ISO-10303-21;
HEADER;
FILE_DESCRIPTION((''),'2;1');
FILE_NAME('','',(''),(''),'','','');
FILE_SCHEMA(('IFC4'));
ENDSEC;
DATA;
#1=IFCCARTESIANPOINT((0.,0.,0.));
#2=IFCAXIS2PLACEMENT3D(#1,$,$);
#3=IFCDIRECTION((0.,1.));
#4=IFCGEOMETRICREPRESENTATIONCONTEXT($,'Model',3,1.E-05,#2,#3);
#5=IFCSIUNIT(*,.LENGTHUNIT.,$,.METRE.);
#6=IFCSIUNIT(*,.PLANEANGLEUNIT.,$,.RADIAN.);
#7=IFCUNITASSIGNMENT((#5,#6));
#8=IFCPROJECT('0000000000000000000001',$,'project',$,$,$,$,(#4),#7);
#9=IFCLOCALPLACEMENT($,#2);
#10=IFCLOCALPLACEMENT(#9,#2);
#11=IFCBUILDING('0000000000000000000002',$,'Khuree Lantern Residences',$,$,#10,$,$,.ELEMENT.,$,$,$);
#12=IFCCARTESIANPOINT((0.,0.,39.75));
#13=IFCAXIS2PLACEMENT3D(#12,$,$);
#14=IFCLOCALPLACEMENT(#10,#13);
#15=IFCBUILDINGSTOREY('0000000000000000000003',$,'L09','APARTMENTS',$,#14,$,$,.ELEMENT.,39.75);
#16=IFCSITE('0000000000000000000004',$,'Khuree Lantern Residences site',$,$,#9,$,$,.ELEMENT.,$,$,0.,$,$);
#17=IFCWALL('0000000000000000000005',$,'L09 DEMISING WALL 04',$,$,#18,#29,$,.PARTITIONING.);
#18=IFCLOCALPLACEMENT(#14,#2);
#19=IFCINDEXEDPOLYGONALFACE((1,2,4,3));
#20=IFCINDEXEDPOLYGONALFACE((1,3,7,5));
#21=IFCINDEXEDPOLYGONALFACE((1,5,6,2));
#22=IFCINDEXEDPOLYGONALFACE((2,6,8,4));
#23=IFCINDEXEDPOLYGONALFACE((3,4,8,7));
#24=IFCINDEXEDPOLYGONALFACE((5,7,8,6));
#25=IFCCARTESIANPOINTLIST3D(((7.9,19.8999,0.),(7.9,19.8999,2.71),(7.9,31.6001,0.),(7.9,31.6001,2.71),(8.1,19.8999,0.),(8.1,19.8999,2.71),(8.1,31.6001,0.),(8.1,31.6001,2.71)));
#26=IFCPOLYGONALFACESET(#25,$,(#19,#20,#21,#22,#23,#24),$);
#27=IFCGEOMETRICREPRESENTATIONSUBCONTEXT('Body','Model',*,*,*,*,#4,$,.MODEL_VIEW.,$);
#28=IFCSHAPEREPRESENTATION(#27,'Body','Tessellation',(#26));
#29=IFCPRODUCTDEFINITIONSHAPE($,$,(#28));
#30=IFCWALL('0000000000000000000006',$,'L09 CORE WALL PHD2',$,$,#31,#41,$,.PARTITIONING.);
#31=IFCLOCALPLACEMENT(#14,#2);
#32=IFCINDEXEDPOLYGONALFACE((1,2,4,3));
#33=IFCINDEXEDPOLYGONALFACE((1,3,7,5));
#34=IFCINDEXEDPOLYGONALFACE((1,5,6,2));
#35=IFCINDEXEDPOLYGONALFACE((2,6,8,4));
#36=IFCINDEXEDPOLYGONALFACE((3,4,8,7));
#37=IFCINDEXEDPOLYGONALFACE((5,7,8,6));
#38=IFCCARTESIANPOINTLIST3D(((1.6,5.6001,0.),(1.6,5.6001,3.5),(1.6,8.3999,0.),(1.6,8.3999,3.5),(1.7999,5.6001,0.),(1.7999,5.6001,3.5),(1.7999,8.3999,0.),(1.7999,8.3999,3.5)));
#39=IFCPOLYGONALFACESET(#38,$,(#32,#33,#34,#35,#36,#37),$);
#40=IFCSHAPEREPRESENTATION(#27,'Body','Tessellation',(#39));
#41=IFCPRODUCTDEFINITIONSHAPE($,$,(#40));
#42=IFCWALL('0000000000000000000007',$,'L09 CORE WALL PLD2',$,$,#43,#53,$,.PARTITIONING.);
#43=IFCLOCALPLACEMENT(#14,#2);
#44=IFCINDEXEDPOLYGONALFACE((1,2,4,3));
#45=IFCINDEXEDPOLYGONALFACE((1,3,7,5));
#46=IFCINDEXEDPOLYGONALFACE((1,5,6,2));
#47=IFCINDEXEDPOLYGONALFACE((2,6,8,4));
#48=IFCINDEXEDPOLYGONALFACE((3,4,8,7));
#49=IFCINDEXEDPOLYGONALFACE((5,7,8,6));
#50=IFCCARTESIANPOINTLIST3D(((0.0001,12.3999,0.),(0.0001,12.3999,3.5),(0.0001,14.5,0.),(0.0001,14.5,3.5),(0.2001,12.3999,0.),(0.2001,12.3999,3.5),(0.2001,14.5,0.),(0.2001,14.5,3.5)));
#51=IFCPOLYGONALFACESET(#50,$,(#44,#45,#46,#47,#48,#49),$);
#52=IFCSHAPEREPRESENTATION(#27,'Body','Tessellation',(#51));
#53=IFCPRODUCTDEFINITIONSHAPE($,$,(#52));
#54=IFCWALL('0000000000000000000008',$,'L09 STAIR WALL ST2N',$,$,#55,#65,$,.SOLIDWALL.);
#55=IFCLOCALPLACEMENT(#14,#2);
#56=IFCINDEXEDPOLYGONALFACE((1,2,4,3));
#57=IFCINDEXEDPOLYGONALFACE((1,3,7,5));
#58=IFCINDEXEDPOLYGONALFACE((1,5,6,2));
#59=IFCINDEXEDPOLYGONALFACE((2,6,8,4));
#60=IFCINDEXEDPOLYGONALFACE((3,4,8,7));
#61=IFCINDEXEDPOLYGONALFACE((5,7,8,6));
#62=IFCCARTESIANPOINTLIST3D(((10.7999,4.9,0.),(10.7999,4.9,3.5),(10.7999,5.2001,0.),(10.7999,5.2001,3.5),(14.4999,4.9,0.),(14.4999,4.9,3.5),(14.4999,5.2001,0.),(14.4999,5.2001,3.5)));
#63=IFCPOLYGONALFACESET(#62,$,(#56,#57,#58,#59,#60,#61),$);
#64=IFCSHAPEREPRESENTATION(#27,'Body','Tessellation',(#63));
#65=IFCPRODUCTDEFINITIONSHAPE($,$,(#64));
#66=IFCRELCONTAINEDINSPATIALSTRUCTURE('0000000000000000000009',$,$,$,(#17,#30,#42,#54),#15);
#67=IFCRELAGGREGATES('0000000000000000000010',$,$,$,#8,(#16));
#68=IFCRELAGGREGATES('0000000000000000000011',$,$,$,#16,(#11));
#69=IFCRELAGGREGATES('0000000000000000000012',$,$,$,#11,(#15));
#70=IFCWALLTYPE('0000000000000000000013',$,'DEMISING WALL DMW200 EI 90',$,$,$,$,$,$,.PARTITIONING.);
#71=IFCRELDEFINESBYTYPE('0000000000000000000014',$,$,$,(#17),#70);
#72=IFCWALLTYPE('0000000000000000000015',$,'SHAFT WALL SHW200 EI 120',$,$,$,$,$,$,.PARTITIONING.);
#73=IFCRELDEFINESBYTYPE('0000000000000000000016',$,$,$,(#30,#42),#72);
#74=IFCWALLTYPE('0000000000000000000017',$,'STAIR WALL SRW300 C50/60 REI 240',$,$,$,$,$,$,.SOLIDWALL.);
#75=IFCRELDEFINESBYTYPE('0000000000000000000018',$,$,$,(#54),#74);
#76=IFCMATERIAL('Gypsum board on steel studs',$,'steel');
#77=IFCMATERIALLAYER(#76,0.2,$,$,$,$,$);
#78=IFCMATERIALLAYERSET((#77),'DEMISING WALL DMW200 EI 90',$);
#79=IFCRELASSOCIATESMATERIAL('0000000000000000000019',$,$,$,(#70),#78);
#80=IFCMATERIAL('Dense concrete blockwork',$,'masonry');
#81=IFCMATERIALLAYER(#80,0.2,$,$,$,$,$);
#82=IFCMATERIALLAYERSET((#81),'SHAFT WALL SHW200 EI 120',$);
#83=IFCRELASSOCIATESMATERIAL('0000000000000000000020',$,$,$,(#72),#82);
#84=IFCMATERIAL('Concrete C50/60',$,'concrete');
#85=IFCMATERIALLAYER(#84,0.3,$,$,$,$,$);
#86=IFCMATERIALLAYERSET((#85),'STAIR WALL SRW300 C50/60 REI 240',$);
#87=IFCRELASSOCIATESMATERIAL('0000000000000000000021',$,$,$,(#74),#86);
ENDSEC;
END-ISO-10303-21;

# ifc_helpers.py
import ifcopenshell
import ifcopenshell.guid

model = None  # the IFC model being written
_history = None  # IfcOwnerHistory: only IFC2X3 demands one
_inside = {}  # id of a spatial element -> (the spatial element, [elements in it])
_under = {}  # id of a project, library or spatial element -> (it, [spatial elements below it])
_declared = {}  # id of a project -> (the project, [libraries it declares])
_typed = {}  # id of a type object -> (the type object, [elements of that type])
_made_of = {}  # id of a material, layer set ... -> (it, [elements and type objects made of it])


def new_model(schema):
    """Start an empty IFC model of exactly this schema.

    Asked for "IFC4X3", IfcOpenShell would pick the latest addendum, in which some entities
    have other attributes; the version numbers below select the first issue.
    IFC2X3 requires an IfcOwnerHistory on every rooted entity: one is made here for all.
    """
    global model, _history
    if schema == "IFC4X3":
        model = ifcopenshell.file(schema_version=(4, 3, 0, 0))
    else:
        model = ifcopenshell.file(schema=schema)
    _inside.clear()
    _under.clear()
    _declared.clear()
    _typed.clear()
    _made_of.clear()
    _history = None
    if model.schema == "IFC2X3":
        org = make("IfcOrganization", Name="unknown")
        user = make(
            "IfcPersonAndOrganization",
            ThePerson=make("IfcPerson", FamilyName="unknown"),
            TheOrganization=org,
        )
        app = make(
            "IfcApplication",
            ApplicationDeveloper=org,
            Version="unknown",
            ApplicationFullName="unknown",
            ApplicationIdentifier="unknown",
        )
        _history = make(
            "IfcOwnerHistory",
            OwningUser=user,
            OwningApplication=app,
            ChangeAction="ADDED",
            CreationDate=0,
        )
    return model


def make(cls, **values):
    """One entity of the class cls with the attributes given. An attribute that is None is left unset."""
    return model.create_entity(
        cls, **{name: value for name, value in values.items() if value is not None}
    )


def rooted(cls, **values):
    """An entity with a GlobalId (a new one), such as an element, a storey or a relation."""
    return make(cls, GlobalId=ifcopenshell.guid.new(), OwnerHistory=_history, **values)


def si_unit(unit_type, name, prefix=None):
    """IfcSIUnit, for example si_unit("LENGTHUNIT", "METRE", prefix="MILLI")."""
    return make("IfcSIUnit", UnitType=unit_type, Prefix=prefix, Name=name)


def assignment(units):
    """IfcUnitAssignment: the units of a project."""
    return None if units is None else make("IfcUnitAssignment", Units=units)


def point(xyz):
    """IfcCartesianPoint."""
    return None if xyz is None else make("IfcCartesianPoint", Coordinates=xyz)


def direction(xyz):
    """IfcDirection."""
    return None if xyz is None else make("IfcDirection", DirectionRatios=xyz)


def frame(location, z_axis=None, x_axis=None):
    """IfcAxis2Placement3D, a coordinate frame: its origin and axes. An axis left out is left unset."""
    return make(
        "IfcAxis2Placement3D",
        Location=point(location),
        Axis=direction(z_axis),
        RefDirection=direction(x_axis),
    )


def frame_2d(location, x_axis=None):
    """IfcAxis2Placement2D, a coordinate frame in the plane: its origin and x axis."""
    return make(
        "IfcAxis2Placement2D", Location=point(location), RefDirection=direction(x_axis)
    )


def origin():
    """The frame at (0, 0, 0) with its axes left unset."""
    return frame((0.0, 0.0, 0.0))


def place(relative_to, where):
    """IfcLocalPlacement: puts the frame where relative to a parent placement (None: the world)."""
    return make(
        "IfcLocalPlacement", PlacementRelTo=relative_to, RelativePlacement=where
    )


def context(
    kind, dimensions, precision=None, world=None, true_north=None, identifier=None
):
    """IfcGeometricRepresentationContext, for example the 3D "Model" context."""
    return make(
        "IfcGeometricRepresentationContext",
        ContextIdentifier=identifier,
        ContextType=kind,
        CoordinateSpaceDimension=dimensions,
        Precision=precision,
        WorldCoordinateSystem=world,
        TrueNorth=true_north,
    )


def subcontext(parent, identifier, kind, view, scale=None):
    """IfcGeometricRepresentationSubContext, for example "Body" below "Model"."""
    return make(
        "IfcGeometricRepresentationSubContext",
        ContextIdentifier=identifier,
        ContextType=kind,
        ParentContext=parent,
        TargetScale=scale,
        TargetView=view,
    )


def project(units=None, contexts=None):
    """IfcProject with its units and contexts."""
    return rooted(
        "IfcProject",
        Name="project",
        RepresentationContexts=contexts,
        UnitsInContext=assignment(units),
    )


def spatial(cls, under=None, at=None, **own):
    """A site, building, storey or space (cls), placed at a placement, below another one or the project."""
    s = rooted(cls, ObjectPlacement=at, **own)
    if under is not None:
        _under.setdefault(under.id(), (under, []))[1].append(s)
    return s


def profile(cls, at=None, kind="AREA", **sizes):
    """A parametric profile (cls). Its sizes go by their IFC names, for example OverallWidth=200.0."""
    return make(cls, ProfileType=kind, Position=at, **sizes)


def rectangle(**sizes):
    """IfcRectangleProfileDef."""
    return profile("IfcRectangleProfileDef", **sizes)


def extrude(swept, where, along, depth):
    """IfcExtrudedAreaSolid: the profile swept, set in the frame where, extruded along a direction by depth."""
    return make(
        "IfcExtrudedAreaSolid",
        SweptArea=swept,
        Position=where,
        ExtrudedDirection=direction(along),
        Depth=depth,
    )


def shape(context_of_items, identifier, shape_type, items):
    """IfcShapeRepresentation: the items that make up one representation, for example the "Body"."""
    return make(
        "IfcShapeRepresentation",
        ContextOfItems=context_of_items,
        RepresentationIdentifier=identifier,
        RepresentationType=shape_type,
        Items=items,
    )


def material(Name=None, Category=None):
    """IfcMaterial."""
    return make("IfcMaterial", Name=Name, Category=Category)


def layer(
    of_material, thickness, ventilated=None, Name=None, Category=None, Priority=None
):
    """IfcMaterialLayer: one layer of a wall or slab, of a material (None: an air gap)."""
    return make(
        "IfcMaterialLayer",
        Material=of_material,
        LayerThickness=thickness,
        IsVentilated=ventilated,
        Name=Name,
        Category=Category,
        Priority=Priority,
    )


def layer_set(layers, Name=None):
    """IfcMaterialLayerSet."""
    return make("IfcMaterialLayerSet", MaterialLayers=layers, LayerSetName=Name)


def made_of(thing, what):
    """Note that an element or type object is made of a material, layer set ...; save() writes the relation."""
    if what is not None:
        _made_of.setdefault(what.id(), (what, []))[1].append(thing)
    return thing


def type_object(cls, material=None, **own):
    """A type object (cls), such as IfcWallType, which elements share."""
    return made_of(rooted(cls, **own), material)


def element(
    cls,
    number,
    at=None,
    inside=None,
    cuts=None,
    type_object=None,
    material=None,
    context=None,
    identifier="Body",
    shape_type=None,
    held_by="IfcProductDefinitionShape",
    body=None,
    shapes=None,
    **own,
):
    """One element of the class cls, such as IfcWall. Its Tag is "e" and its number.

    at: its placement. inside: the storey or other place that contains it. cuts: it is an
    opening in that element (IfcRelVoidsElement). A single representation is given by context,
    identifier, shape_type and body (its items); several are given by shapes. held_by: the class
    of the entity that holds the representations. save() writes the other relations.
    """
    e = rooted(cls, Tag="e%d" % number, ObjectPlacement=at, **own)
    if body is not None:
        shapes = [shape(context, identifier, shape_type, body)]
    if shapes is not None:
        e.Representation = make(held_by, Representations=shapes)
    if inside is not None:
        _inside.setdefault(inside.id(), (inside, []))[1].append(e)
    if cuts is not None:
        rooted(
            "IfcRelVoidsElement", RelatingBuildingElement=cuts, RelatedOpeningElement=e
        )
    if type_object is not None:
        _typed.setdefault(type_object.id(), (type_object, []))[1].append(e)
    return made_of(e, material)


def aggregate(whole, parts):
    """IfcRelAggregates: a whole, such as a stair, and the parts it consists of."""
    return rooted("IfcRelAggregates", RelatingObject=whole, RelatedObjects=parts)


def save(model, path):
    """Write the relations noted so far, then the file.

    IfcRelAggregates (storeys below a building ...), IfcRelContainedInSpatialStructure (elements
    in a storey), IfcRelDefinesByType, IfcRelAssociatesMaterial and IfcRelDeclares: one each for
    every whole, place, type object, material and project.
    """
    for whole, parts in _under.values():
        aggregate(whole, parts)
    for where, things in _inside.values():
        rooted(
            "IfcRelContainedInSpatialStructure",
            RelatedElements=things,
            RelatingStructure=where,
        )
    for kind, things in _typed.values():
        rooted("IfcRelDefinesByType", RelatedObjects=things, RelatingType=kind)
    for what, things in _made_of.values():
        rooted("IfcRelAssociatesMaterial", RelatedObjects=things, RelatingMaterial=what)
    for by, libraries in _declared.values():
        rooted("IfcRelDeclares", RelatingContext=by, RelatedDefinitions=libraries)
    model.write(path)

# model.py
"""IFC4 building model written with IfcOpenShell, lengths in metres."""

from ifc_helpers import new_model, si_unit, direction, frame, frame_2d, origin, place, context, subcontext, project, spatial, rectangle, extrude, material, layer, layer_set, type_object, element, save


model = new_model("IFC4")

# Units and contexts
model_context = context("Model", 3, precision=1e-05, world=origin(), true_north=direction((0.0, 1.0)))
body_context = subcontext(model_context, "Body", "Model", "MODEL_VIEW")
ifc_project = project(units=[si_unit("LENGTHUNIT", "METRE"), si_unit("PLANEANGLEUNIT", "RADIAN")], contexts=[model_context])

# Site, building, storey
site_placement = place(None, origin())
site = spatial("IfcSite", under=ifc_project, at=site_placement, Name="Khuree Lantern Residences site", CompositionType="ELEMENT", RefElevation=0.0)
building_placement = place(site_placement, origin())
building = spatial("IfcBuilding", under=site, at=building_placement, Name="Khuree Lantern Residences", CompositionType="ELEMENT")
storey_placement = place(building_placement, frame((0.0, 0.0, 39.75)))
storey = spatial("IfcBuildingStorey", under=building, at=storey_placement, Name="L09", Description="APARTMENTS", CompositionType="ELEMENT", Elevation=39.75)

# Shared definitions
ifc_material_1 = material(Name="Dense concrete blockwork", Category="masonry")
ifc_material_2 = material(Name="Gypsum board on steel studs", Category="steel")

# Walls
ifc_layer_1 = layer(ifc_material_2, 0.2)
ifc_layer_set_1 = layer_set([ifc_layer_1], Name="DEMISING WALL DMW200 EI 90")
wall_type_1 = type_object("IfcWallType", Name="DEMISING WALL DMW200 EI 90", PredefinedType="PARTITIONING", material=ifc_layer_set_1)
wall_1_placement = place(storey_placement, frame((8.0, 19.8999, 0.0), z_axis=(0.0, 0.0, 1.0), x_axis=(0.0, 1.0, 0.0)))
element("IfcWall", 1, at=wall_1_placement, inside=storey, type_object=wall_type_1, Name="L09 DEMISING WALL 04", PredefinedType="PARTITIONING", context=body_context, shape_type="SweptSolid", body=[
    extrude(rectangle(XDim=11.7002, YDim=0.2, at=frame_2d((5.8501, 0.0))), origin(), (0.0, 0.0, 1.0), 2.71),
])
ifc_layer_2 = layer(ifc_material_1, 0.2)
ifc_layer_set_2 = layer_set([ifc_layer_2], Name="SHAFT WALL SHW200 EI 120")
wall_type_2 = type_object("IfcWallType", Name="SHAFT WALL SHW200 EI 120", PredefinedType="PARTITIONING", material=ifc_layer_set_2)
wall_2_placement = place(storey_placement, frame((1.7, 5.6001, 0.0), z_axis=(0.0, 0.0, 1.0), x_axis=(0.0, 1.0, 0.0)))
element("IfcWall", 2, at=wall_2_placement, inside=storey, type_object=wall_type_2, Name="L09 CORE WALL PHD2", PredefinedType="PARTITIONING", context=body_context, shape_type="SweptSolid", body=[
    extrude(rectangle(XDim=2.7998, YDim=0.2, at=frame_2d((1.3999, 0.0))), origin(), (0.0, 0.0, 1.0), 3.5),
])
wall_3_placement = place(storey_placement, frame((0.1001, 12.3999, 0.0), z_axis=(0.0, 0.0, 1.0), x_axis=(0.0, 1.0, 0.0)))
element("IfcWall", 3, at=wall_3_placement, inside=storey, type_object=wall_type_2, Name="L09 CORE WALL PLD2", PredefinedType="PARTITIONING", context=body_context, shape_type="SweptSolid", body=[
    extrude(rectangle(XDim=2.1001, YDim=0.2, at=frame_2d((1.05, 0.0))), origin(), (0.0, 0.0, 1.0), 3.5),
])
ifc_material_3 = material(Name="Concrete C50/60", Category="concrete")
ifc_layer_3 = layer(ifc_material_3, 0.3)
ifc_layer_set_3 = layer_set([ifc_layer_3], Name="STAIR WALL SRW300 C50/60 REI 240")
wall_type_3 = type_object("IfcWallType", Name="STAIR WALL SRW300 C50/60 REI 240", PredefinedType="SOLIDWALL", material=ifc_layer_set_3)
wall_4_placement = place(storey_placement, frame((14.5, 5.05, 0.0), z_axis=(0.0, 0.0, 1.0), x_axis=(-1.0, 0.0, 0.0)))
element("IfcWall", 4, at=wall_4_placement, inside=storey, type_object=wall_type_3, Name="L09 STAIR WALL ST2N", PredefinedType="SOLIDWALL", context=body_context, shape_type="SweptSolid", body=[
    extrude(rectangle(XDim=3.7, YDim=0.3, at=frame_2d((1.8501, 0.0))), origin(), (0.0, 0.0, 1.0), 3.5),
])

save(model, "model.ifc")
